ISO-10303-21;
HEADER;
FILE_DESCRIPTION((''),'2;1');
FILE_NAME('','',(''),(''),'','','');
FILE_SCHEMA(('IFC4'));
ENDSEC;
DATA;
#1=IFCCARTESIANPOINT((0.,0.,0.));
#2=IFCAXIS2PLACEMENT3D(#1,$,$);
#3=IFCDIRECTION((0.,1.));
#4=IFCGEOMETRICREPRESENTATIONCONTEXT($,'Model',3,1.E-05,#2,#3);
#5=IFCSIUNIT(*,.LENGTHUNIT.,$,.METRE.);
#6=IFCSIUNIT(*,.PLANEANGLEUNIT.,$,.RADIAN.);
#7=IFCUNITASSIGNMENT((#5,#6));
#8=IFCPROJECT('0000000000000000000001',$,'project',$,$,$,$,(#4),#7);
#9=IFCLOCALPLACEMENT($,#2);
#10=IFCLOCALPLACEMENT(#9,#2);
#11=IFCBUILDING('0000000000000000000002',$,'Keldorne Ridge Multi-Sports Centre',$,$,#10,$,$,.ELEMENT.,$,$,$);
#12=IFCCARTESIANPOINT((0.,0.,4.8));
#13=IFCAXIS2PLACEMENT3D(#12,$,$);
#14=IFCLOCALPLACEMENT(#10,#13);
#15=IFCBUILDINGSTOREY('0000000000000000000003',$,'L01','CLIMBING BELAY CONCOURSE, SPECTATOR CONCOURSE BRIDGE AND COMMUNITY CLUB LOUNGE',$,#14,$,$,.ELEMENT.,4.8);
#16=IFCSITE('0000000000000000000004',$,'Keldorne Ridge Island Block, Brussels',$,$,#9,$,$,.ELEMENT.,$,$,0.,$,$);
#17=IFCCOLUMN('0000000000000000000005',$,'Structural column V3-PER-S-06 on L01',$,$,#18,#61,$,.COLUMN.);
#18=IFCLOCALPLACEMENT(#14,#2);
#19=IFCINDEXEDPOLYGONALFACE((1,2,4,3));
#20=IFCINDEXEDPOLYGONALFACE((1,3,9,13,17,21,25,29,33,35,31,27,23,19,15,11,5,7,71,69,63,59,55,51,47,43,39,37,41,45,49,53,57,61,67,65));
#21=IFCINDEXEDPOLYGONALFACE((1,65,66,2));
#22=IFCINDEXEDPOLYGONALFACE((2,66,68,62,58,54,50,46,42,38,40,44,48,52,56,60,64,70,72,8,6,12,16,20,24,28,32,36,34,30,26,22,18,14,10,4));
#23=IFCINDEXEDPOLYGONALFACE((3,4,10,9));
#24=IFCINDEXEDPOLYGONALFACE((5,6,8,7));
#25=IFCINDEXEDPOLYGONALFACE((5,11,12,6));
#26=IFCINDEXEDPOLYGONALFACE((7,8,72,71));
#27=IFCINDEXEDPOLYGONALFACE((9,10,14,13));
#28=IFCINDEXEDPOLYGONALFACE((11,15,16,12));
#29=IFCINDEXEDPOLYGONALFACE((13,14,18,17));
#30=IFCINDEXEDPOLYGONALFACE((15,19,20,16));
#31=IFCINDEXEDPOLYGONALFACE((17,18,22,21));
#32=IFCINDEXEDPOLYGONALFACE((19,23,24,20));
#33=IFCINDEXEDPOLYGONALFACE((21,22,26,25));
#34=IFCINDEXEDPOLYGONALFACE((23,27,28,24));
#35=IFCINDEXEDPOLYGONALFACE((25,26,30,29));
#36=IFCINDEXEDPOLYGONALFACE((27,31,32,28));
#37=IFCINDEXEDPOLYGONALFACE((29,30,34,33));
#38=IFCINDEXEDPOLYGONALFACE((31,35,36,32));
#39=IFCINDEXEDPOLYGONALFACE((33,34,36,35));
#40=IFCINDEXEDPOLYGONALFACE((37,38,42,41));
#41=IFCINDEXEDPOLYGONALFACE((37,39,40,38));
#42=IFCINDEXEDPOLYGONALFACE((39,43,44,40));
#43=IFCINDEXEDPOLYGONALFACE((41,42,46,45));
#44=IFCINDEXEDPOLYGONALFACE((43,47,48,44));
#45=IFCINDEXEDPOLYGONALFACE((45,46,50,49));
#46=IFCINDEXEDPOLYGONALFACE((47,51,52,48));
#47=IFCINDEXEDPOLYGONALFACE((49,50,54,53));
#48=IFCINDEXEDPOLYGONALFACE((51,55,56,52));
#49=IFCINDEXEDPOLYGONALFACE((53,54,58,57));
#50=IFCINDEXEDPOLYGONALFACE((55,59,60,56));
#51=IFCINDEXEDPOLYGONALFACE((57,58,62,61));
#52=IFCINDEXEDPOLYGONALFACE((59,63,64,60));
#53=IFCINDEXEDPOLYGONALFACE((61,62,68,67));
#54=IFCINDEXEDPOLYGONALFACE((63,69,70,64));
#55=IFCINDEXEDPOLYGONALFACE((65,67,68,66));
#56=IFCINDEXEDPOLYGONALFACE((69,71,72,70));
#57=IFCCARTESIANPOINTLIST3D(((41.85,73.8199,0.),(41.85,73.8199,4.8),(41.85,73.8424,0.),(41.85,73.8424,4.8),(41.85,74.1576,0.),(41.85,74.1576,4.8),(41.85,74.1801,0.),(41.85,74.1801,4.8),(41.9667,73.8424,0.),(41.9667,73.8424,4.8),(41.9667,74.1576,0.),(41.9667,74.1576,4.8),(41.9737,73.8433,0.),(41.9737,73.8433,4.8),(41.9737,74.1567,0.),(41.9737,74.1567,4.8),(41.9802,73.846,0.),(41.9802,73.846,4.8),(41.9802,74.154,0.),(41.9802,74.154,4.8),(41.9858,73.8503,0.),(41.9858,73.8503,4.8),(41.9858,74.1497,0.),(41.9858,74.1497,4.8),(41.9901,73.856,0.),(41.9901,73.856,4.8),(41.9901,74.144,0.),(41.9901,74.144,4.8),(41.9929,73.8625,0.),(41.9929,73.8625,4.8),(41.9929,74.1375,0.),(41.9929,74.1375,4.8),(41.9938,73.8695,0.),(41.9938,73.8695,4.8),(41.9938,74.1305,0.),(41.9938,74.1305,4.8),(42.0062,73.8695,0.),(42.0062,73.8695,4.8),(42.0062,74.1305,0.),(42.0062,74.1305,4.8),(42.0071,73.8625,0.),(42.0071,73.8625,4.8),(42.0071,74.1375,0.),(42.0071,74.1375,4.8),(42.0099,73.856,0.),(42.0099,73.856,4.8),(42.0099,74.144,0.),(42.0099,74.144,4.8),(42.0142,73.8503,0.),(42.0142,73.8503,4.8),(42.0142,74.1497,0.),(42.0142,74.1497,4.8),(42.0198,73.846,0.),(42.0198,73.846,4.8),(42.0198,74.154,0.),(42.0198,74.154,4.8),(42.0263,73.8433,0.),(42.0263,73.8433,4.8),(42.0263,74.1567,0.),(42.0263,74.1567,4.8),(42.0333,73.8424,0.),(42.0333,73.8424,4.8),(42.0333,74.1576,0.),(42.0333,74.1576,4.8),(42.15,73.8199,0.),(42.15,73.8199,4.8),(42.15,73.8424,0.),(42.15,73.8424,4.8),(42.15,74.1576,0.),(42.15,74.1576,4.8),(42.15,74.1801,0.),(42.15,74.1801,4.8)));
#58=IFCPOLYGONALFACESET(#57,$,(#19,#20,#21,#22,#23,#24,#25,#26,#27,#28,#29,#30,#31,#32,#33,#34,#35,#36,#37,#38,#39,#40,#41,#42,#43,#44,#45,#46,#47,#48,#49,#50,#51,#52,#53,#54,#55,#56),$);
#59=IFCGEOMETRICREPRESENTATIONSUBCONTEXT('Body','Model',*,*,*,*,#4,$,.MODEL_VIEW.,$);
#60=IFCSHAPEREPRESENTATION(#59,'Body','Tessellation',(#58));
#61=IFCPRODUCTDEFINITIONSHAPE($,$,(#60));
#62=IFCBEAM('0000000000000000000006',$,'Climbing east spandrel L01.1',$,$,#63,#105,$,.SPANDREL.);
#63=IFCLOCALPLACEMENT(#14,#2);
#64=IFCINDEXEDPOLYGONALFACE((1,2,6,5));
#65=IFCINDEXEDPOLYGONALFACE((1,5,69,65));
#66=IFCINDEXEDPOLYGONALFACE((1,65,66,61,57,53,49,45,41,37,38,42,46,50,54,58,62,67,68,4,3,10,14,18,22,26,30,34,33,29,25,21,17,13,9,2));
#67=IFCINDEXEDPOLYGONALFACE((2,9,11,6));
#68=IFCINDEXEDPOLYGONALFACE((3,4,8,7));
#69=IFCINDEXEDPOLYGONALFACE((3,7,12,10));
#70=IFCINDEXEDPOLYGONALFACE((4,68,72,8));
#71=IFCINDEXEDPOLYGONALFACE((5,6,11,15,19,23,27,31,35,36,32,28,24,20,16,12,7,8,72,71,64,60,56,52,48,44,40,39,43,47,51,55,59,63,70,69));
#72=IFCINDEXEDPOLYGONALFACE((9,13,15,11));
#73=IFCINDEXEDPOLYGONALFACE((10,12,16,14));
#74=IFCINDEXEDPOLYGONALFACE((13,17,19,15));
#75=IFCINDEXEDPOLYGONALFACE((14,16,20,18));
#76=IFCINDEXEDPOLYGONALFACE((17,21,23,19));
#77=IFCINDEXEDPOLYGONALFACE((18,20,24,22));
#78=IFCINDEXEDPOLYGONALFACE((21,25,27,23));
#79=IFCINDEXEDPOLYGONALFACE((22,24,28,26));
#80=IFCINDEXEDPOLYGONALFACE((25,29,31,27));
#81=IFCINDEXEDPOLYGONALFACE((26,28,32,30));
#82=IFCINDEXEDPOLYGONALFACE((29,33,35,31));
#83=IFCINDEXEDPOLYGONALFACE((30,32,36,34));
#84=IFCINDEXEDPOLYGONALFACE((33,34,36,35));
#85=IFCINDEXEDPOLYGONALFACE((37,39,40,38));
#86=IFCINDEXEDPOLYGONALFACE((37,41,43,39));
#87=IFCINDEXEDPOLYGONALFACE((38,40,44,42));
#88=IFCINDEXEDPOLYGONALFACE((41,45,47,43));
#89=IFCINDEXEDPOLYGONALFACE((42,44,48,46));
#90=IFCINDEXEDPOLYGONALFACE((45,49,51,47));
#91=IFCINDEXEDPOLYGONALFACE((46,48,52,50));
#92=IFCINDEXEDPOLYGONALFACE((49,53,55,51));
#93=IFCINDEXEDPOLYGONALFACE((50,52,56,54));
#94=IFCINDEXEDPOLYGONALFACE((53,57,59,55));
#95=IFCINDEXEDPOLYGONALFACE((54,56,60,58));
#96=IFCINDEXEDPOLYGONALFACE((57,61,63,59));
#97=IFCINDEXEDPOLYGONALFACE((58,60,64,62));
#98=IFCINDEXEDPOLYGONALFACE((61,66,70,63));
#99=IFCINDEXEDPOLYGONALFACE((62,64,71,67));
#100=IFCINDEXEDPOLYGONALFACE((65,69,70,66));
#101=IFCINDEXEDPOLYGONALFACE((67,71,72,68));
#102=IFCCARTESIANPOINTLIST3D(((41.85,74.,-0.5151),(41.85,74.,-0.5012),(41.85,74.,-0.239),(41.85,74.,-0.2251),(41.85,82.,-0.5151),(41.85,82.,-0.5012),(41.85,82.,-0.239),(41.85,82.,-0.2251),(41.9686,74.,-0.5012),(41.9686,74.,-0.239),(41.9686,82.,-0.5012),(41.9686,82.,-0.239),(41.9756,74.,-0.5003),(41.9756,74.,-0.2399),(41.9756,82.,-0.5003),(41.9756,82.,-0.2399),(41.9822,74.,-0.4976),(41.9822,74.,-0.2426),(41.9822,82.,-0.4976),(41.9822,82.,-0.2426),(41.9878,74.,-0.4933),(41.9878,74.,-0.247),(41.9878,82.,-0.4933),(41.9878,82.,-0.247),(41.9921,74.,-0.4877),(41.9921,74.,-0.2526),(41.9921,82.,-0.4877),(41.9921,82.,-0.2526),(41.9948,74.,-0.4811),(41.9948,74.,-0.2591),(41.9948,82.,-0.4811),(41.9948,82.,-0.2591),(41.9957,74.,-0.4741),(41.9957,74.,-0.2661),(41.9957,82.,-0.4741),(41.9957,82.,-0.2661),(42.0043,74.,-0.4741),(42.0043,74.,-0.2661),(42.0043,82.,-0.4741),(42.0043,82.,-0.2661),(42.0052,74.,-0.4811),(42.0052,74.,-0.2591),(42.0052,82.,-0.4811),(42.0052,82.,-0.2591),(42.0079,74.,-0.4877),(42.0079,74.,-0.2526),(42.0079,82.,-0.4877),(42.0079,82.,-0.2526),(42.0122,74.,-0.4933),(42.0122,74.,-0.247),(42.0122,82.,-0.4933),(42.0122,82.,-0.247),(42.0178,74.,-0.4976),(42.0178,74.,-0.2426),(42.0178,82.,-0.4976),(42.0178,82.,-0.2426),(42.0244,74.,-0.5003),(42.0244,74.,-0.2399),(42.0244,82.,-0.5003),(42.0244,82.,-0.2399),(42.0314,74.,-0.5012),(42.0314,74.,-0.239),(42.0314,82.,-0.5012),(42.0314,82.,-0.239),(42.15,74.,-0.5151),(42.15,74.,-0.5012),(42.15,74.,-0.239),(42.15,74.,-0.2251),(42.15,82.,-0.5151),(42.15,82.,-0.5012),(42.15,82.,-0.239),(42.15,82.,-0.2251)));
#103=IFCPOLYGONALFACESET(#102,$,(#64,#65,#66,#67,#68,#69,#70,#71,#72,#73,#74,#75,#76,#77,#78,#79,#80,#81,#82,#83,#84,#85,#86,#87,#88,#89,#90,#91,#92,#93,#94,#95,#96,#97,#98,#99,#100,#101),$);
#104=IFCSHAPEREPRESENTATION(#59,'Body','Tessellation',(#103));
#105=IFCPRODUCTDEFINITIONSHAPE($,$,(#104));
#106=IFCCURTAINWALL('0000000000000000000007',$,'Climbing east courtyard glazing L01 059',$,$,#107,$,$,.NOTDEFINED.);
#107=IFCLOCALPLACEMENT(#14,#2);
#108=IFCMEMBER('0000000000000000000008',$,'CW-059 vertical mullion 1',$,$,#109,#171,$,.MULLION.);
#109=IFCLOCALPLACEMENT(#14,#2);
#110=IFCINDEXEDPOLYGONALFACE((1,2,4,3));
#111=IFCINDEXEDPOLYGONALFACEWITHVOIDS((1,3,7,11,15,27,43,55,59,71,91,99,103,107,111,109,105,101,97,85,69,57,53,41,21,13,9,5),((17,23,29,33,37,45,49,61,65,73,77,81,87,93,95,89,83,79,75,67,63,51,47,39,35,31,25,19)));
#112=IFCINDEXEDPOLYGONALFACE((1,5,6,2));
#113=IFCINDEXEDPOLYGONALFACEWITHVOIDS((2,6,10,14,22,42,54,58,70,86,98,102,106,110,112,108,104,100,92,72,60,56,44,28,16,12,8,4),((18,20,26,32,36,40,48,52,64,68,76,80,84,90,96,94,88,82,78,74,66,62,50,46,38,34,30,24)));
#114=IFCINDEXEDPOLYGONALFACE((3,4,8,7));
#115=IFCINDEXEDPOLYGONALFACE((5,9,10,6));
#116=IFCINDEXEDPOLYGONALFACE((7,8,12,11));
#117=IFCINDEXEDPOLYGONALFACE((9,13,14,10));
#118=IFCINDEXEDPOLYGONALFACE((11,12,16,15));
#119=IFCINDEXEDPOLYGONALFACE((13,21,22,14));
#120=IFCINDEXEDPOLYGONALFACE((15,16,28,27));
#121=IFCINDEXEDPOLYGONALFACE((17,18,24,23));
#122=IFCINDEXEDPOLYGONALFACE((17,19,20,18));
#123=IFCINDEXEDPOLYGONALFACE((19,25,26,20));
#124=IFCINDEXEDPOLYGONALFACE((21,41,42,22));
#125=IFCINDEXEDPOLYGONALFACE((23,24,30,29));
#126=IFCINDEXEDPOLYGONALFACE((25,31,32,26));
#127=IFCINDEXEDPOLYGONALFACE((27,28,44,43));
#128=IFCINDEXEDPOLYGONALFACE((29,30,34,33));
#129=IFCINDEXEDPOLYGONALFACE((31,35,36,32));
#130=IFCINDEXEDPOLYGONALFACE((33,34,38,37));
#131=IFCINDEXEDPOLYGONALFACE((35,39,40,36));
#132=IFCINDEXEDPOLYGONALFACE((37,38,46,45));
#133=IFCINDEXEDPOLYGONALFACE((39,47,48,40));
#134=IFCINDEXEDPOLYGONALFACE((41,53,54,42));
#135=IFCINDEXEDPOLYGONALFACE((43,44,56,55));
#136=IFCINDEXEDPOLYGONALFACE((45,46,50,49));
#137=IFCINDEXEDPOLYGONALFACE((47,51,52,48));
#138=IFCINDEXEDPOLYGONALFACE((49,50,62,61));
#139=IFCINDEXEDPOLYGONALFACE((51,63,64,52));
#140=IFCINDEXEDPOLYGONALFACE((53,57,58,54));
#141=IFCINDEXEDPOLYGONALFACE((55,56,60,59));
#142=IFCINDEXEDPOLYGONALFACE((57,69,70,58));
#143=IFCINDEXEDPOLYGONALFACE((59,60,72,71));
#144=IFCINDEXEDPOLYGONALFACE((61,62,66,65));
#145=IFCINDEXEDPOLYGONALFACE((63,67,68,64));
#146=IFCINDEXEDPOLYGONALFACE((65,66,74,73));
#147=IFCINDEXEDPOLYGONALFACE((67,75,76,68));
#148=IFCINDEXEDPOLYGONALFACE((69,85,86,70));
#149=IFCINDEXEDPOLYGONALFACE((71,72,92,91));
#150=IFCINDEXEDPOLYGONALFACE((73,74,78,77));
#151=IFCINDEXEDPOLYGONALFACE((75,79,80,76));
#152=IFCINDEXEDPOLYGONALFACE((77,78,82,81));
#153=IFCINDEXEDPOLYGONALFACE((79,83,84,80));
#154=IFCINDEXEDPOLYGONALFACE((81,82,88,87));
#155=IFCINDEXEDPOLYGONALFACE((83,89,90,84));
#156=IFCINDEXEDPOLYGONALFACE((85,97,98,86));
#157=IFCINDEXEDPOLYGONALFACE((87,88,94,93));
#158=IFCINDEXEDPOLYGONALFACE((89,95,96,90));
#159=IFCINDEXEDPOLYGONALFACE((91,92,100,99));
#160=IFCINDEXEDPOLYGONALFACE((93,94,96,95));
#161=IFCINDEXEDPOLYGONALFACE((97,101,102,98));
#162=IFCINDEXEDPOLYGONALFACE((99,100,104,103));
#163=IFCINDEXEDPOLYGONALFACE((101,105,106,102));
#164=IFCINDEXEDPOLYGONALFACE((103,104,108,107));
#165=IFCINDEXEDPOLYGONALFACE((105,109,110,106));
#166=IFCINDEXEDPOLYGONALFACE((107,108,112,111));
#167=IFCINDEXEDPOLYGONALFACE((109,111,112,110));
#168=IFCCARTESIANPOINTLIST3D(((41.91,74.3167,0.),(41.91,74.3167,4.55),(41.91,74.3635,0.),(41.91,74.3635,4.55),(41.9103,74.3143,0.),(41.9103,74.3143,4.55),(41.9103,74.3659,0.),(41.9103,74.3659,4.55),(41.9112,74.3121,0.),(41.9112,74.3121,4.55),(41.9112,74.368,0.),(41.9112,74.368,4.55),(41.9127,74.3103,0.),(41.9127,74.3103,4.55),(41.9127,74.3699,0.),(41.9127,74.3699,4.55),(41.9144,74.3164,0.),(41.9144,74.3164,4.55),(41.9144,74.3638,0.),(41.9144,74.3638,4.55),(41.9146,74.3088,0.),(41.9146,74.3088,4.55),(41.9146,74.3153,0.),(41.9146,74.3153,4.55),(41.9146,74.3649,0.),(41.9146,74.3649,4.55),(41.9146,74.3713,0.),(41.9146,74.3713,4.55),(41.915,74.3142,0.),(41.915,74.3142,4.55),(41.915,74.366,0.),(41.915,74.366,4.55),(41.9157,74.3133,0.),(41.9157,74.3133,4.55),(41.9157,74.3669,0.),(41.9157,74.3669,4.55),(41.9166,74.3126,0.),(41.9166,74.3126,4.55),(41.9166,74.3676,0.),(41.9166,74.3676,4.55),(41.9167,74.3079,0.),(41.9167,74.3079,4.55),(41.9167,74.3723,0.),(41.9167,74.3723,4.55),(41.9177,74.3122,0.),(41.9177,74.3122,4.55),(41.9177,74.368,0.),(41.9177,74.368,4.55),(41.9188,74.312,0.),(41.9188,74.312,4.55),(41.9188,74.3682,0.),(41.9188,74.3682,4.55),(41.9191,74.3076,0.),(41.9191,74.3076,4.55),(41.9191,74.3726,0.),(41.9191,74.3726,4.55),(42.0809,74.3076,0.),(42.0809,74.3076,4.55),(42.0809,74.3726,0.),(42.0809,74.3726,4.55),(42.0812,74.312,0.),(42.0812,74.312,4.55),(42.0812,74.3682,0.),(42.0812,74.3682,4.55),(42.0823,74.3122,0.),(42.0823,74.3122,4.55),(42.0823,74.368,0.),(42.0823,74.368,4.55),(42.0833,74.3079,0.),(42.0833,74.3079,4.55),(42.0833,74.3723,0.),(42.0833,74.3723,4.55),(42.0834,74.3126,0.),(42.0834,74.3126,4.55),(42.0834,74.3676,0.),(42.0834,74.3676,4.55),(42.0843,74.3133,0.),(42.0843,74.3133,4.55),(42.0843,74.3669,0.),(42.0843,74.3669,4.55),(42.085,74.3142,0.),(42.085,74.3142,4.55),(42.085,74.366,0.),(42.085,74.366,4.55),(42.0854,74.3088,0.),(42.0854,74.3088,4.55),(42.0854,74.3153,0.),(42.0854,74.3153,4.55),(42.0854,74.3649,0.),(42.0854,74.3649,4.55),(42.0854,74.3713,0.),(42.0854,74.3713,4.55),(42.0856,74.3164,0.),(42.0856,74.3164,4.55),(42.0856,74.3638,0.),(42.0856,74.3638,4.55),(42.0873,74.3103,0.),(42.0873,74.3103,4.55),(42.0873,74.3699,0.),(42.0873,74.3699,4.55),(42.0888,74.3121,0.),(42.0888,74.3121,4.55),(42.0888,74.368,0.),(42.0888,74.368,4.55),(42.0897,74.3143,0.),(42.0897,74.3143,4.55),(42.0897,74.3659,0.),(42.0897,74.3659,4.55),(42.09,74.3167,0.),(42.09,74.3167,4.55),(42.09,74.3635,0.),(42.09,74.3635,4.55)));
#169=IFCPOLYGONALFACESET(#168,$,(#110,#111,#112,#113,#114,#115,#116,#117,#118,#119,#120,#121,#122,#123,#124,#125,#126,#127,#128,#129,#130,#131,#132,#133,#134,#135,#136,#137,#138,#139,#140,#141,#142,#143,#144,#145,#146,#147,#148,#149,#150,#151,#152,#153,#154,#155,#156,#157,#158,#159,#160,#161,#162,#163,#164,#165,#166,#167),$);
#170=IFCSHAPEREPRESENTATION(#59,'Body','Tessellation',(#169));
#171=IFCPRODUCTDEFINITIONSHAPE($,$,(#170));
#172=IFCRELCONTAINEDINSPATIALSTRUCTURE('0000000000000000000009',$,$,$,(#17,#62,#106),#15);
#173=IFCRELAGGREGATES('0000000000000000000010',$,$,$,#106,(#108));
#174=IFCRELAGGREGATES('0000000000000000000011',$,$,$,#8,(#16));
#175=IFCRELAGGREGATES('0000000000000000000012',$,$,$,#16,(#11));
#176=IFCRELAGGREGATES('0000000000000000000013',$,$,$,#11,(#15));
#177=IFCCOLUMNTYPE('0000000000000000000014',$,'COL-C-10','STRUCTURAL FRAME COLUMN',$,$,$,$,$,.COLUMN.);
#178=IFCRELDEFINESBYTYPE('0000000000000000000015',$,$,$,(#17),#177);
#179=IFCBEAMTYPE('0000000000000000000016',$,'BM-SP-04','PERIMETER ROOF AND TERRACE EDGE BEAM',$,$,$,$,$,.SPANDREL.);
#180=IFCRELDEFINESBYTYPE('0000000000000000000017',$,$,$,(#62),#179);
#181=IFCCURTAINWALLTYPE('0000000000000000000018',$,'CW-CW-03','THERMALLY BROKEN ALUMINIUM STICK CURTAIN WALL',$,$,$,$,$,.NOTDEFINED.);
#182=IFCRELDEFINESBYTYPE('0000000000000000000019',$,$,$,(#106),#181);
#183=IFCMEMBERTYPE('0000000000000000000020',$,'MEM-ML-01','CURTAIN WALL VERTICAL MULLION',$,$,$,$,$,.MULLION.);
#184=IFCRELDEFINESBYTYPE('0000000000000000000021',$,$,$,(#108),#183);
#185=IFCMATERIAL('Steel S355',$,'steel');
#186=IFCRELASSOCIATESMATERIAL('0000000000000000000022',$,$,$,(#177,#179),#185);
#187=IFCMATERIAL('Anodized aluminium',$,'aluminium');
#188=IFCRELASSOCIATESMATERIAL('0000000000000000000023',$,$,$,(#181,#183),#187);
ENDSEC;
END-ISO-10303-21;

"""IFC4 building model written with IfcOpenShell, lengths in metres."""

from ifc_helpers import new_model, si_unit, direction, frame, origin, origin_2d, place, context, subcontext, project, spatial, hollow_rectangle, i_section, extrude, material, material_profile, profile_set, type_object, element, aggregate, save


model = new_model("IFC4")

# Units and contexts
model_context = context("Model", 3, precision=1e-05, world=origin(), true_north=direction((0.0, 1.0)))
body_context = subcontext(model_context, "Body", "Model", "MODEL_VIEW")
ifc_project = project(units=[si_unit("LENGTHUNIT", "METRE"), si_unit("PLANEANGLEUNIT", "RADIAN")], contexts=[model_context])

# Site, building, storey
site_placement = place(None, origin())
site = spatial("IfcSite", under=ifc_project, at=site_placement, Name="Keldorne Ridge Island Block, Brussels", CompositionType="ELEMENT", RefElevation=0.0)
building_placement = place(site_placement, origin())
building = spatial("IfcBuilding", under=site, at=building_placement, Name="Keldorne Ridge Multi-Sports Centre", CompositionType="ELEMENT")
storey_placement = place(building_placement, frame((0.0, 0.0, 4.8)))
storey = spatial("IfcBuildingStorey", under=building, at=storey_placement, Name="L01", Description="CLIMBING BELAY CONCOURSE, SPECTATOR CONCOURSE BRIDGE AND COMMUNITY CLUB LOUNGE", CompositionType="ELEMENT", Elevation=4.8)

# Column
ifc_material_1 = material(Name="Steel S355", Category="steel")
ifc_material_profile_1 = material_profile(ifc_material_1, i_section(OverallWidth=0.3, OverallDepth=0.3601, WebThickness=0.0125, FlangeThickness=0.0225, FilletRadius=0.0271, at=origin_2d()), Name="HEB 360")
ifc_profile_set_1 = profile_set([ifc_material_profile_1], Name="Steel S355")
column_type = type_object("IfcColumnType", Name="COL-C-10", Description="STRUCTURAL FRAME COLUMN", PredefinedType="COLUMN", material=ifc_profile_set_1)
column_placement = place(storey_placement, frame((42.0, 74.0, 0.0), z_axis=(0.0, 0.0, 1.0), x_axis=(1.0, 0.0, 0.0)))
element("IfcColumn", 1, at=column_placement, inside=storey, type_object=column_type, Name="Structural column V3-PER-S-06 on L01", PredefinedType="COLUMN", context=body_context, shape_type="SweptSolid", body=[
    extrude(i_section(OverallWidth=0.3, OverallDepth=0.3601, WebThickness=0.0125, FlangeThickness=0.0225, FilletRadius=0.0271, at=origin_2d()), origin(), (0.0, 0.0, 1.0), 4.8),
])

# Beam
ifc_material_profile_2 = material_profile(ifc_material_1, i_section(OverallWidth=0.3, OverallDepth=0.29, WebThickness=0.0085, FlangeThickness=0.0139, FilletRadius=0.0271, at=origin_2d()), Name="HEA 300")
ifc_profile_set_2 = profile_set([ifc_material_profile_2], Name="Steel S355")
beam_type = type_object("IfcBeamType", Name="BM-SP-04", Description="PERIMETER ROOF AND TERRACE EDGE BEAM", PredefinedType="SPANDREL", material=ifc_profile_set_2)
beam_placement = place(storey_placement, frame((42.0, 74.0, -0.3701), z_axis=(0.0, 1.0, 0.0), x_axis=(-1.0, 0.0, 0.0)))
element("IfcBeam", 2, at=beam_placement, inside=storey, type_object=beam_type, Name="Climbing east spandrel L01.1", PredefinedType="SPANDREL", context=body_context, shape_type="SweptSolid", body=[
    extrude(i_section(OverallWidth=0.3, OverallDepth=0.29, WebThickness=0.0085, FlangeThickness=0.0139, FilletRadius=0.0271, at=origin_2d()), origin(), (0.0, 0.0, 1.0), 8.0),
])

# Curtain wall, member
ifc_material_2 = material(Name="Anodized aluminium", Category="aluminium")
curtain_wall_type_1 = type_object("IfcCurtainWallType", Name="CW-CW-03", Description="THERMALLY BROKEN ALUMINIUM STICK CURTAIN WALL", PredefinedType="NOTDEFINED", material=ifc_material_2)
curtain_wall_1_placement = place(storey_placement, origin())
curtain_wall_1 = element("IfcCurtainWall", 3, at=curtain_wall_1_placement, inside=storey, type_object=curtain_wall_type_1, Name="Climbing east courtyard glazing L01 059", PredefinedType="NOTDEFINED")
ifc_material_profile_3 = material_profile(ifc_material_2, hollow_rectangle(XDim=0.0649, YDim=0.1799, WallThickness=0.0044, InnerFilletRadius=0.0044, OuterFilletRadius=0.009, at=origin_2d()), Name="ALU MULLION 180x65x4.5")
ifc_profile_set_3 = profile_set([ifc_material_profile_3], Name="Anodized aluminium")
member_type_1 = type_object("IfcMemberType", Name="MEM-ML-01", Description="CURTAIN WALL VERTICAL MULLION", PredefinedType="MULLION", material=ifc_profile_set_3)
member_1_placement = place(storey_placement, frame((42.0, 74.3401, 0.0), z_axis=(0.0, 0.0, 1.0), x_axis=(0.0, 1.0, 0.0)))
member_1 = element("IfcMember", 4, at=member_1_placement, type_object=member_type_1, Name="CW-059 vertical mullion 1", PredefinedType="MULLION", context=body_context, shape_type="SweptSolid", body=[
    extrude(hollow_rectangle(XDim=0.0649, YDim=0.1799, WallThickness=0.0044, InnerFilletRadius=0.0044, OuterFilletRadius=0.009, at=origin_2d()), origin(), (0.0, 0.0, 1.0), 4.55),
])

aggregate(curtain_wall_1, [member_1])

save(model, "model.ifc")
